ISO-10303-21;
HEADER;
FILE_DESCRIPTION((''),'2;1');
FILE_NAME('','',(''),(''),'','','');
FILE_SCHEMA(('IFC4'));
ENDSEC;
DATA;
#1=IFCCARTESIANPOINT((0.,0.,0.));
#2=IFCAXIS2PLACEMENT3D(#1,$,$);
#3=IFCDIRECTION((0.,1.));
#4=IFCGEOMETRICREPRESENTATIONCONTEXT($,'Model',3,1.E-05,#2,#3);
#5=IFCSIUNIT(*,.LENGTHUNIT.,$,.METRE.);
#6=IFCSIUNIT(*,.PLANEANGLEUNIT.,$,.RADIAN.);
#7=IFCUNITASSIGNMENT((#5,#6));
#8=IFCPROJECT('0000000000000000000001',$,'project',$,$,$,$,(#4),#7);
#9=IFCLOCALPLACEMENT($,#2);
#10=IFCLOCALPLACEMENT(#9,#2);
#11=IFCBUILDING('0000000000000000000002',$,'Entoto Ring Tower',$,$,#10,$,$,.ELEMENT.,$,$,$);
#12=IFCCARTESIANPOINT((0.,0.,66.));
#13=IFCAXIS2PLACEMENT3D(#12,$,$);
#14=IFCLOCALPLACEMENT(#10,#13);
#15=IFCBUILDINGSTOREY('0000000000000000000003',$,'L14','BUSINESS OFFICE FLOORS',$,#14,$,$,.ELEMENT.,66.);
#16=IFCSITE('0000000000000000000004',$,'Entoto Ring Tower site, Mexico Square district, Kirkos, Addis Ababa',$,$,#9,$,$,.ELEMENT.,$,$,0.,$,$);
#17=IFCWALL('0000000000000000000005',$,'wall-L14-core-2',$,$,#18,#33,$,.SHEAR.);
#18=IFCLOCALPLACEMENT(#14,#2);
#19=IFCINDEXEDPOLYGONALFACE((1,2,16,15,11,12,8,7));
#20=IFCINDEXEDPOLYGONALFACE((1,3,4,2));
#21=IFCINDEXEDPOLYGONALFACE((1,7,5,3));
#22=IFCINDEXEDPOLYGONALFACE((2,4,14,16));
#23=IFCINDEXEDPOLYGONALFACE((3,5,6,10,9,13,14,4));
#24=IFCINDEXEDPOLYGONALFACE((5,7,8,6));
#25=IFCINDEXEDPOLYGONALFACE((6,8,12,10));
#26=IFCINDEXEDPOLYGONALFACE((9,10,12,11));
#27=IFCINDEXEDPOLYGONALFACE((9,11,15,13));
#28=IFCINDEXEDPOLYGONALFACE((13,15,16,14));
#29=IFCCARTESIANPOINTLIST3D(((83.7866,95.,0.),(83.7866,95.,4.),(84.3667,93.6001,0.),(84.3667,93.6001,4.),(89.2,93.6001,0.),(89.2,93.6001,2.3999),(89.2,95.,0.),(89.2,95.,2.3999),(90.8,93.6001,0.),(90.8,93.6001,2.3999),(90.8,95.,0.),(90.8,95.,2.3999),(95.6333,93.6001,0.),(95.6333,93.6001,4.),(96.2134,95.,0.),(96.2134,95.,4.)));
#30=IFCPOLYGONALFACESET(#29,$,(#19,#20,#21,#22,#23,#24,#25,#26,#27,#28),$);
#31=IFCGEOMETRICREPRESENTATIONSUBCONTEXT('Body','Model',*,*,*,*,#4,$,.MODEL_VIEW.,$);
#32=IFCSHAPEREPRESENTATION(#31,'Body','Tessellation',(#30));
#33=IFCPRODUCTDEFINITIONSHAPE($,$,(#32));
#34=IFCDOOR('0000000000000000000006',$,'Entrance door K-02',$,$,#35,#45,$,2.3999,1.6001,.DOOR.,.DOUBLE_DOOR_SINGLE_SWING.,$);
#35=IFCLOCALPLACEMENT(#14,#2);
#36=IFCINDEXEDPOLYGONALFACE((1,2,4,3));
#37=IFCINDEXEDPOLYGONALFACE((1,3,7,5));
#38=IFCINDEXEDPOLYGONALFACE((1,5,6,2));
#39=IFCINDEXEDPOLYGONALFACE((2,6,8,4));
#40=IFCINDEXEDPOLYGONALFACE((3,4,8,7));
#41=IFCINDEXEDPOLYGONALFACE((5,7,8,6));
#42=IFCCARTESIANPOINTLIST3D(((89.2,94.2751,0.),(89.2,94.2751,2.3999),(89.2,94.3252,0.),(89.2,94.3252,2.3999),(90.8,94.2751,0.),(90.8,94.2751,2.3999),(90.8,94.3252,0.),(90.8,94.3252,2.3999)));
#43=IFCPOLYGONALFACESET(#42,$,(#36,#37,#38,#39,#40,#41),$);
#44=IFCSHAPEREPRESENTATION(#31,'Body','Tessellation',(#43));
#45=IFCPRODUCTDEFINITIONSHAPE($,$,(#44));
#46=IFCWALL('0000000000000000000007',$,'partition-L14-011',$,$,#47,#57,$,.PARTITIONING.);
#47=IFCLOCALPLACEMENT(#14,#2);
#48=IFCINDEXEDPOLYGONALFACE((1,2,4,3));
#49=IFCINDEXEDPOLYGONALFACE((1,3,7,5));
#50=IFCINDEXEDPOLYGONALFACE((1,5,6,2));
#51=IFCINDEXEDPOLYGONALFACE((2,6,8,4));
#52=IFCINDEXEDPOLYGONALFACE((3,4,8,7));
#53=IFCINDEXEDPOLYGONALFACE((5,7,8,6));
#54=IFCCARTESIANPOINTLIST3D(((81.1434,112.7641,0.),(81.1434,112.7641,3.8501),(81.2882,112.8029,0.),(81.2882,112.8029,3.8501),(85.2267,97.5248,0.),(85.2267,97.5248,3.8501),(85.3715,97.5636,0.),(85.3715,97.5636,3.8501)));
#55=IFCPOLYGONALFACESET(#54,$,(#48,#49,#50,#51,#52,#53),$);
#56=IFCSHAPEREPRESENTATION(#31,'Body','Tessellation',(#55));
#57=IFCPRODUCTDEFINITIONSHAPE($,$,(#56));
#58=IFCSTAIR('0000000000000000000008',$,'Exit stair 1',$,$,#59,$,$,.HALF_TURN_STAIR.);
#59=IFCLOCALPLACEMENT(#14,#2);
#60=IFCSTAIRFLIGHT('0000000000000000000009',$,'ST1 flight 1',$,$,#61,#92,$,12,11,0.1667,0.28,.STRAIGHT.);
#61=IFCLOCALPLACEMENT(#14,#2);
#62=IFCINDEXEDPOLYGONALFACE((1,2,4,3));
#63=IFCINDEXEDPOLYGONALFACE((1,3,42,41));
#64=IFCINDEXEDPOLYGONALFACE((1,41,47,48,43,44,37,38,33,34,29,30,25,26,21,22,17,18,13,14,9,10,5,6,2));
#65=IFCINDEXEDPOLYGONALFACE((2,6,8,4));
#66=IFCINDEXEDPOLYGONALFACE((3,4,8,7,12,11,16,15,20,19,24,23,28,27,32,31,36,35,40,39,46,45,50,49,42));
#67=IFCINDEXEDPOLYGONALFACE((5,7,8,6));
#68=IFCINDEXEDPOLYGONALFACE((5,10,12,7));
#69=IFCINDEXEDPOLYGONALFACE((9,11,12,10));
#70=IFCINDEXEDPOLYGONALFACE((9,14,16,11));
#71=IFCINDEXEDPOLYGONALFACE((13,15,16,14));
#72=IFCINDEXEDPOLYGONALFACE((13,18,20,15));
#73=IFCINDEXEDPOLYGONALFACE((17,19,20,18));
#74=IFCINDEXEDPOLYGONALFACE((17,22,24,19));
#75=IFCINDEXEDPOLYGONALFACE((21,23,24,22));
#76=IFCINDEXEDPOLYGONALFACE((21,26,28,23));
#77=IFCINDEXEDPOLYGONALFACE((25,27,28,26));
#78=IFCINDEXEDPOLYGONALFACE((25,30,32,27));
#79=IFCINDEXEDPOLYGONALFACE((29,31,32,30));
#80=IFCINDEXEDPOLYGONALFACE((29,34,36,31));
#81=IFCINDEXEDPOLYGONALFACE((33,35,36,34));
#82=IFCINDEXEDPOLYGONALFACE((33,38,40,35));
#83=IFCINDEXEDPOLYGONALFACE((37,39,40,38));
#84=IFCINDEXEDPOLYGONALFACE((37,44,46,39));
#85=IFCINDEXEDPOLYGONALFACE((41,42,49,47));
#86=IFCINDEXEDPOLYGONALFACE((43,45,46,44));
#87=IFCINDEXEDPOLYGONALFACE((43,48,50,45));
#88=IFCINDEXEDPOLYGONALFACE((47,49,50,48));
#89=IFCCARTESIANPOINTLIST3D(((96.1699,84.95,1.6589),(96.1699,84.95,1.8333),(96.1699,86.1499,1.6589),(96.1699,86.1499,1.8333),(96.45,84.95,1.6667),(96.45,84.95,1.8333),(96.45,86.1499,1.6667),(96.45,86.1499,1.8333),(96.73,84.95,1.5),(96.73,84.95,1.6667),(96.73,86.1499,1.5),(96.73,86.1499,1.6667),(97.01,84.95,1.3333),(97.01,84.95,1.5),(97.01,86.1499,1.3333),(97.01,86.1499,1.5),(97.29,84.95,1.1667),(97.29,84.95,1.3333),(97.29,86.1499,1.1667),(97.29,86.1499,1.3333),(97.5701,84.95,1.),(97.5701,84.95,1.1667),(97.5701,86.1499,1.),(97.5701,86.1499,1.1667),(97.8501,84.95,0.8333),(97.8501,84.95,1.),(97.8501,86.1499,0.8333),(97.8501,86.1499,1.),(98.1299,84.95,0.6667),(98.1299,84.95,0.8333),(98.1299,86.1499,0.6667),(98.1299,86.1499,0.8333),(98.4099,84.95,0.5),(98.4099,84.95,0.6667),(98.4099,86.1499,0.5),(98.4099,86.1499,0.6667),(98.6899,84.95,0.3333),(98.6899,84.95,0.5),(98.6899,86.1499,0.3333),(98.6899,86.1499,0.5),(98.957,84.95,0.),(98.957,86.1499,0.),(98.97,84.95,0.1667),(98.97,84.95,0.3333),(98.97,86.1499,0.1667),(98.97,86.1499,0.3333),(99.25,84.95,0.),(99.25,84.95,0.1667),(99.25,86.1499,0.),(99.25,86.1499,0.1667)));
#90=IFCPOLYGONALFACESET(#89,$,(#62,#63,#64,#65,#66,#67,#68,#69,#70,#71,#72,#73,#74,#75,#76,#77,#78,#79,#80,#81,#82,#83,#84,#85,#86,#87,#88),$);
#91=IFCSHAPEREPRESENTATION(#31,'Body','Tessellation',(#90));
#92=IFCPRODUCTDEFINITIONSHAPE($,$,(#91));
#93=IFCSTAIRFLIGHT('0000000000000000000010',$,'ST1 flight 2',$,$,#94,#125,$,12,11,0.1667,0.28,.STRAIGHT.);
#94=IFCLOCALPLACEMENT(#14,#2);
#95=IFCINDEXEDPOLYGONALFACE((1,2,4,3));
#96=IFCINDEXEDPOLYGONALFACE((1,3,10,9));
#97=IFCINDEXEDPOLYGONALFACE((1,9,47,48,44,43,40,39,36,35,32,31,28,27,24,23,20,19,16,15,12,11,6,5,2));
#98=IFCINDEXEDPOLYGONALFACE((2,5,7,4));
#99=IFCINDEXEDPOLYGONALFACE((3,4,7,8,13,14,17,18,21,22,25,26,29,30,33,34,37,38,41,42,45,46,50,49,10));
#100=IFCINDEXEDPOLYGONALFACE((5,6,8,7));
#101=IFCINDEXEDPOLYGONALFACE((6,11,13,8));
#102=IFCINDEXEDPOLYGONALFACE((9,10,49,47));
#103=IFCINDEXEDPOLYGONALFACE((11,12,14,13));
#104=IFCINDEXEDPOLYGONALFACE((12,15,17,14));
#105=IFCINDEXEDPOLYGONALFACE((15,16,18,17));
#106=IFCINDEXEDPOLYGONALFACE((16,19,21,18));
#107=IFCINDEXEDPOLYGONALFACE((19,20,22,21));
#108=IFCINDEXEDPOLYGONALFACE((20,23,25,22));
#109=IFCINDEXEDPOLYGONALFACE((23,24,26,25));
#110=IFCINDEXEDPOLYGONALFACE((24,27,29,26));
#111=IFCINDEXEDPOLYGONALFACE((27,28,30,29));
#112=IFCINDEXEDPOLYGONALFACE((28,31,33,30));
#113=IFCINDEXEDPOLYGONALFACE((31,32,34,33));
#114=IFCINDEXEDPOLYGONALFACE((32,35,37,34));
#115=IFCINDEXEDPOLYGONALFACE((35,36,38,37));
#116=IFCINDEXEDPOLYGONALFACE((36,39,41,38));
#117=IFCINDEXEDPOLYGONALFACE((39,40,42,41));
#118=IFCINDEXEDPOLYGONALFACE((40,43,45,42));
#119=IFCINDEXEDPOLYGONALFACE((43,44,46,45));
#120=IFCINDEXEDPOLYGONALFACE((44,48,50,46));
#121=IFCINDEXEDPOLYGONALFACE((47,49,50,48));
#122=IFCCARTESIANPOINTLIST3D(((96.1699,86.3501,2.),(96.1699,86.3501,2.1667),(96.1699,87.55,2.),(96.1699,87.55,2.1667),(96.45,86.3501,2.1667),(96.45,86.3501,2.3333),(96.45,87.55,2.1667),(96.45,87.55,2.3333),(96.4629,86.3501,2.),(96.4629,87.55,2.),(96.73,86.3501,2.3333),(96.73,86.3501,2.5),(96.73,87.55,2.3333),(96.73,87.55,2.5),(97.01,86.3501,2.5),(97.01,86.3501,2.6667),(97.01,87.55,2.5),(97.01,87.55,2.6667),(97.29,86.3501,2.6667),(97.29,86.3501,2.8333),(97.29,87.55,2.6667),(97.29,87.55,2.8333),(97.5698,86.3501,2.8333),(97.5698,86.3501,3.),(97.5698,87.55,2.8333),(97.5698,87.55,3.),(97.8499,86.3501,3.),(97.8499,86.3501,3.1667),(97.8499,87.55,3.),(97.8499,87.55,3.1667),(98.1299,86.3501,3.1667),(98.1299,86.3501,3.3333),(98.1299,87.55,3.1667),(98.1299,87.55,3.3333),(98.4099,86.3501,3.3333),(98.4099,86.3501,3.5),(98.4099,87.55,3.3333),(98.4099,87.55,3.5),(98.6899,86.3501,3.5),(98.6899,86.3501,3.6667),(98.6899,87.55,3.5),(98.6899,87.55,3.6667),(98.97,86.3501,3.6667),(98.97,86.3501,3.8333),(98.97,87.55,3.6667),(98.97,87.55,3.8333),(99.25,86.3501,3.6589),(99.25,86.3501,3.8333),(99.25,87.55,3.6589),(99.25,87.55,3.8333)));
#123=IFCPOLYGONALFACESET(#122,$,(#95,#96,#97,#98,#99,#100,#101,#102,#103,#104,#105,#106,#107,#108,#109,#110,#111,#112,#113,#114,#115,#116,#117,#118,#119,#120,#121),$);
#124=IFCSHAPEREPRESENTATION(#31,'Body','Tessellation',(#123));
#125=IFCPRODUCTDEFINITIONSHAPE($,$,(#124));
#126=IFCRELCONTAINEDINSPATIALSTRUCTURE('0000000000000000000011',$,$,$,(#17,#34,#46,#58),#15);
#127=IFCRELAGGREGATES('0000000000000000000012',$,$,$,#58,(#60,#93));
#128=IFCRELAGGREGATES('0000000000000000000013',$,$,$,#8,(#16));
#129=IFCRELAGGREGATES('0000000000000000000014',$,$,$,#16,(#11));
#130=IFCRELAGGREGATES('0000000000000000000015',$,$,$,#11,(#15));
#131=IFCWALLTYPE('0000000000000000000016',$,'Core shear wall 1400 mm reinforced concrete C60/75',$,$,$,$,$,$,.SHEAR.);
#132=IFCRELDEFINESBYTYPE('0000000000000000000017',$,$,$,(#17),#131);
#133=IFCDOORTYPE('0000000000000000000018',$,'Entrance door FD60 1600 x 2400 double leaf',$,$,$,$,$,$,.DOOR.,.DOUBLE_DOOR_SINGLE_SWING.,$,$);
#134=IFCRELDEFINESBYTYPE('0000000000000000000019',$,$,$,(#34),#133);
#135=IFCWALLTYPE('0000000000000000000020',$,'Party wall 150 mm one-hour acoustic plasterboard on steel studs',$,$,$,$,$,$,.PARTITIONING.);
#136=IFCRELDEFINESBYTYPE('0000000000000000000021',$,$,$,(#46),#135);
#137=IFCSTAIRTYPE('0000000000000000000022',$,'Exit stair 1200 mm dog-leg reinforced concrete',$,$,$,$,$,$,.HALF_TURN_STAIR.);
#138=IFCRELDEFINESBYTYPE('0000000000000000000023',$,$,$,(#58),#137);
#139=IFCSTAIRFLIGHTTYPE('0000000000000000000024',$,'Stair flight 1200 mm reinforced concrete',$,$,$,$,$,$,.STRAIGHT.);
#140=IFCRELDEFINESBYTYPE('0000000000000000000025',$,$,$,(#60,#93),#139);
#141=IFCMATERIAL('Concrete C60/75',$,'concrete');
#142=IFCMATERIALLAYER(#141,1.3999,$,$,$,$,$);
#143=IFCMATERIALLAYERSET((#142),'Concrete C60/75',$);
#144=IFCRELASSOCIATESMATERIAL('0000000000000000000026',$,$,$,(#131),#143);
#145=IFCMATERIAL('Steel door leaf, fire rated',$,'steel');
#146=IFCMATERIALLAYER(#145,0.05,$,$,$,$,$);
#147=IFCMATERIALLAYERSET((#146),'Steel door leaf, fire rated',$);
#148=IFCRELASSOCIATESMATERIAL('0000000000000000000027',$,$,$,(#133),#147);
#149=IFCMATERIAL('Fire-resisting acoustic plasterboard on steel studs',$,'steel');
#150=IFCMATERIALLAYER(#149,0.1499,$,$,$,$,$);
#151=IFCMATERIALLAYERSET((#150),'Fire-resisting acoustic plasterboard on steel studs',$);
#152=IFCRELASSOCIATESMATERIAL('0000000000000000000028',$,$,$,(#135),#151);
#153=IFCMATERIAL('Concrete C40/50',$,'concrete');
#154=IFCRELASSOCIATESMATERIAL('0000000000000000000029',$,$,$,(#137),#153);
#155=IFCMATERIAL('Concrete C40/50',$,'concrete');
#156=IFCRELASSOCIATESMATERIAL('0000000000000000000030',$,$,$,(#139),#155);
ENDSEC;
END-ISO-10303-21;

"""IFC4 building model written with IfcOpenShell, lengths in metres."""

from ifc_helpers import new_model, si_unit, direction, frame, frame_2d, origin, place, context, subcontext, project, spatial, polyline, rectangle, outline, extrude, material, layer, layer_set, type_object, element, fill, aggregate, save


model = new_model("IFC4")

# Units and contexts
model_context = context("Model", 3, precision=1e-05, world=origin(), true_north=direction((0.0, 1.0)))
body_context = subcontext(model_context, "Body", "Model", "MODEL_VIEW")
ifc_project = project(units=[si_unit("LENGTHUNIT", "METRE"), si_unit("PLANEANGLEUNIT", "RADIAN")], contexts=[model_context])

# Site, building, storey
site_placement = place(None, origin())
site = spatial("IfcSite", under=ifc_project, at=site_placement, Name="Entoto Ring Tower site, Mexico Square district, Kirkos, Addis Ababa", CompositionType="ELEMENT", RefElevation=0.0)
building_placement = place(site_placement, origin())
building = spatial("IfcBuilding", under=site, at=building_placement, Name="Entoto Ring Tower", CompositionType="ELEMENT")
storey_placement = place(building_placement, frame((0.0, 0.0, 66.0)))
storey = spatial("IfcBuildingStorey", under=building, at=storey_placement, Name="L14", Description="BUSINESS OFFICE FLOORS", CompositionType="ELEMENT", Elevation=66.0)

# Wall, opening, door
ifc_material_1 = material(Name="Concrete C60/75", Category="concrete")
ifc_layer_1 = layer(ifc_material_1, 1.3999)
ifc_layer_set_1 = layer_set([ifc_layer_1], Name="Concrete C60/75")
wall_type_1 = type_object("IfcWallType", Name="Core shear wall 1400 mm reinforced concrete C60/75", PredefinedType="SHEAR", material=ifc_layer_set_1)
wall_1_placement = place(storey_placement, frame((95.9233, 94.3, 0.0), z_axis=(0.0, 0.0, 1.0), x_axis=(-1.0, 0.0, 0.0)))
wall_1 = element("IfcWall", 1, at=wall_1_placement, inside=storey, type_object=wall_type_1, Name="wall-L14-core-2", PredefinedType="SHEAR", context=body_context, shape_type="SweptSolid", body=[
    extrude(outline(polyline([(-0.29, -0.7), (12.1367, -0.7), (11.5566, 0.7), (0.29, 0.7), (-0.29, -0.7)])), origin(), (0.0, 0.0, 1.0), 4.0),
])
opening_1_placement = place(wall_1_placement, frame((5.1233, 0.0, 0.0)))
opening_1 = element("IfcOpeningElement", 2, at=opening_1_placement, cuts=wall_1, PredefinedType="OPENING", context=body_context, shape_type="SweptSolid", body=[
    extrude(rectangle(XDim=1.6001, YDim=2.3999, at=frame_2d((0.8, 1.2))), frame((0.0, 0.71, 0.0), z_axis=(0.0, -1.0, 0.0), x_axis=(1.0, 0.0, 0.0)), (0.0, 0.0, 1.0), 1.4199),
])
ifc_material_2 = material(Name="Steel door leaf, fire rated", Category="steel")
ifc_layer_2 = layer(ifc_material_2, 0.05)
ifc_layer_set_2 = layer_set([ifc_layer_2], Name="Steel door leaf, fire rated")
door_type_1 = type_object("IfcDoorType", Name="Entrance door FD60 1600 x 2400 double leaf", OperationType="DOUBLE_DOOR_SINGLE_SWING", PredefinedType="DOOR", material=ifc_layer_set_2)
door_1_placement = place(opening_1_placement, origin())
door_1 = element("IfcDoor", 3, at=door_1_placement, inside=storey, type_object=door_type_1, Name="Entrance door K-02", OperationType="DOUBLE_DOOR_SINGLE_SWING", OverallHeight=2.3999, OverallWidth=1.6001, PredefinedType="DOOR", context=body_context, shape_type="SweptSolid", body=[
    extrude(rectangle(XDim=1.6001, YDim=2.3999, at=frame_2d((0.8, 1.2))), frame((0.0, 0.0249, 0.0), z_axis=(0.0, -1.0, 0.0), x_axis=(1.0, 0.0, 0.0)), (0.0, 0.0, 1.0), 0.05),
])
fill(opening_1, door_1)

# Wall
ifc_material_3 = material(Name="Fire-resisting acoustic plasterboard on steel studs", Category="steel")
ifc_layer_3 = layer(ifc_material_3, 0.1499)
ifc_layer_set_3 = layer_set([ifc_layer_3], Name="Fire-resisting acoustic plasterboard on steel studs")
wall_type_2 = type_object("IfcWallType", Name="Party wall 150 mm one-hour acoustic plasterboard on steel studs", PredefinedType="PARTITIONING", material=ifc_layer_set_3)
wall_2_placement = place(storey_placement, frame((85.2991, 97.5442, 0.0), z_axis=(0.0, 0.0, 1.0), x_axis=(-0.258813, 0.965927, 0.0)))
element("IfcWall", 4, at=wall_2_placement, inside=storey, type_object=wall_type_2, Name="partition-L14-011", PredefinedType="PARTITIONING", context=body_context, shape_type="SweptSolid", body=[
    extrude(rectangle(XDim=15.7769, YDim=0.1499, at=frame_2d((7.8884, 0.0))), origin(), (0.0, 0.0, 1.0), 3.8501),
])

# Stair, stair flights
ifc_material_4 = material(Name="Concrete C40/50", Category="concrete")
stair_type = type_object("IfcStairType", Name="Exit stair 1200 mm dog-leg reinforced concrete", PredefinedType="HALF_TURN_STAIR", material=ifc_material_4)
stair_placement = place(storey_placement, origin())
stair = element("IfcStair", 5, at=stair_placement, inside=storey, type_object=stair_type, Name="Exit stair 1", PredefinedType="HALF_TURN_STAIR")
ifc_material_5 = material(Name="Concrete C40/50", Category="concrete")
stair_flight_type = type_object("IfcStairFlightType", Name="Stair flight 1200 mm reinforced concrete", PredefinedType="STRAIGHT", material=ifc_material_5)
stair_flight_1_placement = place(storey_placement, frame((99.25, 85.55, 0.0), z_axis=(0.0, 0.0, 1.0), x_axis=(-1.0, 0.0, 0.0)))
stair_flight_1 = element("IfcStairFlight", 6, at=stair_flight_1_placement, type_object=stair_flight_type, Name="ST1 flight 1", NumberOfRisers=12, NumberOfTreads=11, PredefinedType="STRAIGHT", RiserHeight=0.1667, TreadLength=0.28, context=body_context, shape_type="SweptSolid", body=[
    extrude(outline(polyline([(0.0, 0.0), (0.0, 0.1667), (0.28, 0.1667), (0.28, 0.3333), (0.5601, 0.3333), (0.5601, 0.5), (0.8401, 0.5), (0.8401, 0.6667), (1.1201, 0.6667), (1.1201, 0.8333), (1.3999, 0.8333), (1.3999, 1.0), (1.6799, 1.0), (1.6799, 1.1667), (1.96, 1.1667), (1.96, 1.3333), (2.24, 1.3333), (2.24, 1.5), (2.52, 1.5), (2.52, 1.6667), (2.8, 1.6667), (2.8, 1.8333), (3.0801, 1.8333), (3.0801, 2.0), (3.0801, 1.6589), (0.293, 0.0), (0.0, 0.0)])), frame((0.0, 0.6001, 0.0), z_axis=(0.0, -1.0, 0.0), x_axis=(1.0, 0.0, 0.0)), (0.0, 0.0, 1.0), 1.2),
])
stair_flight_2_placement = place(storey_placement, frame((96.1699, 86.95, 2.0), z_axis=(0.0, 0.0, 1.0), x_axis=(1.0, 0.0, 0.0)))
stair_flight_2 = element("IfcStairFlight", 7, at=stair_flight_2_placement, type_object=stair_flight_type, Name="ST1 flight 2", NumberOfRisers=12, NumberOfTreads=11, PredefinedType="STRAIGHT", RiserHeight=0.1667, TreadLength=0.28, context=body_context, shape_type="SweptSolid", body=[
    extrude(outline(polyline([(0.0, 0.0), (0.0, 0.1667), (0.28, 0.1667), (0.28, 0.3333), (0.5601, 0.3333), (0.5601, 0.5), (0.8401, 0.5), (0.8401, 0.6667), (1.1201, 0.6667), (1.1201, 0.8333), (1.3999, 0.8333), (1.3999, 1.0), (1.6799, 1.0), (1.6799, 1.1667), (1.96, 1.1667), (1.96, 1.3333), (2.24, 1.3333), (2.24, 1.5), (2.52, 1.5), (2.52, 1.6667), (2.8, 1.6667), (2.8, 1.8333), (3.0801, 1.8333), (3.0801, 2.0), (3.0801, 1.6589), (0.293, 0.0), (0.0, 0.0)])), frame((0.0, 0.6001, 0.0), z_axis=(0.0, -1.0, 0.0), x_axis=(1.0, 0.0, 0.0)), (0.0, 0.0, 1.0), 1.2),
])
aggregate(stair, [stair_flight_1, stair_flight_2])

save(model, "model.ifc")
